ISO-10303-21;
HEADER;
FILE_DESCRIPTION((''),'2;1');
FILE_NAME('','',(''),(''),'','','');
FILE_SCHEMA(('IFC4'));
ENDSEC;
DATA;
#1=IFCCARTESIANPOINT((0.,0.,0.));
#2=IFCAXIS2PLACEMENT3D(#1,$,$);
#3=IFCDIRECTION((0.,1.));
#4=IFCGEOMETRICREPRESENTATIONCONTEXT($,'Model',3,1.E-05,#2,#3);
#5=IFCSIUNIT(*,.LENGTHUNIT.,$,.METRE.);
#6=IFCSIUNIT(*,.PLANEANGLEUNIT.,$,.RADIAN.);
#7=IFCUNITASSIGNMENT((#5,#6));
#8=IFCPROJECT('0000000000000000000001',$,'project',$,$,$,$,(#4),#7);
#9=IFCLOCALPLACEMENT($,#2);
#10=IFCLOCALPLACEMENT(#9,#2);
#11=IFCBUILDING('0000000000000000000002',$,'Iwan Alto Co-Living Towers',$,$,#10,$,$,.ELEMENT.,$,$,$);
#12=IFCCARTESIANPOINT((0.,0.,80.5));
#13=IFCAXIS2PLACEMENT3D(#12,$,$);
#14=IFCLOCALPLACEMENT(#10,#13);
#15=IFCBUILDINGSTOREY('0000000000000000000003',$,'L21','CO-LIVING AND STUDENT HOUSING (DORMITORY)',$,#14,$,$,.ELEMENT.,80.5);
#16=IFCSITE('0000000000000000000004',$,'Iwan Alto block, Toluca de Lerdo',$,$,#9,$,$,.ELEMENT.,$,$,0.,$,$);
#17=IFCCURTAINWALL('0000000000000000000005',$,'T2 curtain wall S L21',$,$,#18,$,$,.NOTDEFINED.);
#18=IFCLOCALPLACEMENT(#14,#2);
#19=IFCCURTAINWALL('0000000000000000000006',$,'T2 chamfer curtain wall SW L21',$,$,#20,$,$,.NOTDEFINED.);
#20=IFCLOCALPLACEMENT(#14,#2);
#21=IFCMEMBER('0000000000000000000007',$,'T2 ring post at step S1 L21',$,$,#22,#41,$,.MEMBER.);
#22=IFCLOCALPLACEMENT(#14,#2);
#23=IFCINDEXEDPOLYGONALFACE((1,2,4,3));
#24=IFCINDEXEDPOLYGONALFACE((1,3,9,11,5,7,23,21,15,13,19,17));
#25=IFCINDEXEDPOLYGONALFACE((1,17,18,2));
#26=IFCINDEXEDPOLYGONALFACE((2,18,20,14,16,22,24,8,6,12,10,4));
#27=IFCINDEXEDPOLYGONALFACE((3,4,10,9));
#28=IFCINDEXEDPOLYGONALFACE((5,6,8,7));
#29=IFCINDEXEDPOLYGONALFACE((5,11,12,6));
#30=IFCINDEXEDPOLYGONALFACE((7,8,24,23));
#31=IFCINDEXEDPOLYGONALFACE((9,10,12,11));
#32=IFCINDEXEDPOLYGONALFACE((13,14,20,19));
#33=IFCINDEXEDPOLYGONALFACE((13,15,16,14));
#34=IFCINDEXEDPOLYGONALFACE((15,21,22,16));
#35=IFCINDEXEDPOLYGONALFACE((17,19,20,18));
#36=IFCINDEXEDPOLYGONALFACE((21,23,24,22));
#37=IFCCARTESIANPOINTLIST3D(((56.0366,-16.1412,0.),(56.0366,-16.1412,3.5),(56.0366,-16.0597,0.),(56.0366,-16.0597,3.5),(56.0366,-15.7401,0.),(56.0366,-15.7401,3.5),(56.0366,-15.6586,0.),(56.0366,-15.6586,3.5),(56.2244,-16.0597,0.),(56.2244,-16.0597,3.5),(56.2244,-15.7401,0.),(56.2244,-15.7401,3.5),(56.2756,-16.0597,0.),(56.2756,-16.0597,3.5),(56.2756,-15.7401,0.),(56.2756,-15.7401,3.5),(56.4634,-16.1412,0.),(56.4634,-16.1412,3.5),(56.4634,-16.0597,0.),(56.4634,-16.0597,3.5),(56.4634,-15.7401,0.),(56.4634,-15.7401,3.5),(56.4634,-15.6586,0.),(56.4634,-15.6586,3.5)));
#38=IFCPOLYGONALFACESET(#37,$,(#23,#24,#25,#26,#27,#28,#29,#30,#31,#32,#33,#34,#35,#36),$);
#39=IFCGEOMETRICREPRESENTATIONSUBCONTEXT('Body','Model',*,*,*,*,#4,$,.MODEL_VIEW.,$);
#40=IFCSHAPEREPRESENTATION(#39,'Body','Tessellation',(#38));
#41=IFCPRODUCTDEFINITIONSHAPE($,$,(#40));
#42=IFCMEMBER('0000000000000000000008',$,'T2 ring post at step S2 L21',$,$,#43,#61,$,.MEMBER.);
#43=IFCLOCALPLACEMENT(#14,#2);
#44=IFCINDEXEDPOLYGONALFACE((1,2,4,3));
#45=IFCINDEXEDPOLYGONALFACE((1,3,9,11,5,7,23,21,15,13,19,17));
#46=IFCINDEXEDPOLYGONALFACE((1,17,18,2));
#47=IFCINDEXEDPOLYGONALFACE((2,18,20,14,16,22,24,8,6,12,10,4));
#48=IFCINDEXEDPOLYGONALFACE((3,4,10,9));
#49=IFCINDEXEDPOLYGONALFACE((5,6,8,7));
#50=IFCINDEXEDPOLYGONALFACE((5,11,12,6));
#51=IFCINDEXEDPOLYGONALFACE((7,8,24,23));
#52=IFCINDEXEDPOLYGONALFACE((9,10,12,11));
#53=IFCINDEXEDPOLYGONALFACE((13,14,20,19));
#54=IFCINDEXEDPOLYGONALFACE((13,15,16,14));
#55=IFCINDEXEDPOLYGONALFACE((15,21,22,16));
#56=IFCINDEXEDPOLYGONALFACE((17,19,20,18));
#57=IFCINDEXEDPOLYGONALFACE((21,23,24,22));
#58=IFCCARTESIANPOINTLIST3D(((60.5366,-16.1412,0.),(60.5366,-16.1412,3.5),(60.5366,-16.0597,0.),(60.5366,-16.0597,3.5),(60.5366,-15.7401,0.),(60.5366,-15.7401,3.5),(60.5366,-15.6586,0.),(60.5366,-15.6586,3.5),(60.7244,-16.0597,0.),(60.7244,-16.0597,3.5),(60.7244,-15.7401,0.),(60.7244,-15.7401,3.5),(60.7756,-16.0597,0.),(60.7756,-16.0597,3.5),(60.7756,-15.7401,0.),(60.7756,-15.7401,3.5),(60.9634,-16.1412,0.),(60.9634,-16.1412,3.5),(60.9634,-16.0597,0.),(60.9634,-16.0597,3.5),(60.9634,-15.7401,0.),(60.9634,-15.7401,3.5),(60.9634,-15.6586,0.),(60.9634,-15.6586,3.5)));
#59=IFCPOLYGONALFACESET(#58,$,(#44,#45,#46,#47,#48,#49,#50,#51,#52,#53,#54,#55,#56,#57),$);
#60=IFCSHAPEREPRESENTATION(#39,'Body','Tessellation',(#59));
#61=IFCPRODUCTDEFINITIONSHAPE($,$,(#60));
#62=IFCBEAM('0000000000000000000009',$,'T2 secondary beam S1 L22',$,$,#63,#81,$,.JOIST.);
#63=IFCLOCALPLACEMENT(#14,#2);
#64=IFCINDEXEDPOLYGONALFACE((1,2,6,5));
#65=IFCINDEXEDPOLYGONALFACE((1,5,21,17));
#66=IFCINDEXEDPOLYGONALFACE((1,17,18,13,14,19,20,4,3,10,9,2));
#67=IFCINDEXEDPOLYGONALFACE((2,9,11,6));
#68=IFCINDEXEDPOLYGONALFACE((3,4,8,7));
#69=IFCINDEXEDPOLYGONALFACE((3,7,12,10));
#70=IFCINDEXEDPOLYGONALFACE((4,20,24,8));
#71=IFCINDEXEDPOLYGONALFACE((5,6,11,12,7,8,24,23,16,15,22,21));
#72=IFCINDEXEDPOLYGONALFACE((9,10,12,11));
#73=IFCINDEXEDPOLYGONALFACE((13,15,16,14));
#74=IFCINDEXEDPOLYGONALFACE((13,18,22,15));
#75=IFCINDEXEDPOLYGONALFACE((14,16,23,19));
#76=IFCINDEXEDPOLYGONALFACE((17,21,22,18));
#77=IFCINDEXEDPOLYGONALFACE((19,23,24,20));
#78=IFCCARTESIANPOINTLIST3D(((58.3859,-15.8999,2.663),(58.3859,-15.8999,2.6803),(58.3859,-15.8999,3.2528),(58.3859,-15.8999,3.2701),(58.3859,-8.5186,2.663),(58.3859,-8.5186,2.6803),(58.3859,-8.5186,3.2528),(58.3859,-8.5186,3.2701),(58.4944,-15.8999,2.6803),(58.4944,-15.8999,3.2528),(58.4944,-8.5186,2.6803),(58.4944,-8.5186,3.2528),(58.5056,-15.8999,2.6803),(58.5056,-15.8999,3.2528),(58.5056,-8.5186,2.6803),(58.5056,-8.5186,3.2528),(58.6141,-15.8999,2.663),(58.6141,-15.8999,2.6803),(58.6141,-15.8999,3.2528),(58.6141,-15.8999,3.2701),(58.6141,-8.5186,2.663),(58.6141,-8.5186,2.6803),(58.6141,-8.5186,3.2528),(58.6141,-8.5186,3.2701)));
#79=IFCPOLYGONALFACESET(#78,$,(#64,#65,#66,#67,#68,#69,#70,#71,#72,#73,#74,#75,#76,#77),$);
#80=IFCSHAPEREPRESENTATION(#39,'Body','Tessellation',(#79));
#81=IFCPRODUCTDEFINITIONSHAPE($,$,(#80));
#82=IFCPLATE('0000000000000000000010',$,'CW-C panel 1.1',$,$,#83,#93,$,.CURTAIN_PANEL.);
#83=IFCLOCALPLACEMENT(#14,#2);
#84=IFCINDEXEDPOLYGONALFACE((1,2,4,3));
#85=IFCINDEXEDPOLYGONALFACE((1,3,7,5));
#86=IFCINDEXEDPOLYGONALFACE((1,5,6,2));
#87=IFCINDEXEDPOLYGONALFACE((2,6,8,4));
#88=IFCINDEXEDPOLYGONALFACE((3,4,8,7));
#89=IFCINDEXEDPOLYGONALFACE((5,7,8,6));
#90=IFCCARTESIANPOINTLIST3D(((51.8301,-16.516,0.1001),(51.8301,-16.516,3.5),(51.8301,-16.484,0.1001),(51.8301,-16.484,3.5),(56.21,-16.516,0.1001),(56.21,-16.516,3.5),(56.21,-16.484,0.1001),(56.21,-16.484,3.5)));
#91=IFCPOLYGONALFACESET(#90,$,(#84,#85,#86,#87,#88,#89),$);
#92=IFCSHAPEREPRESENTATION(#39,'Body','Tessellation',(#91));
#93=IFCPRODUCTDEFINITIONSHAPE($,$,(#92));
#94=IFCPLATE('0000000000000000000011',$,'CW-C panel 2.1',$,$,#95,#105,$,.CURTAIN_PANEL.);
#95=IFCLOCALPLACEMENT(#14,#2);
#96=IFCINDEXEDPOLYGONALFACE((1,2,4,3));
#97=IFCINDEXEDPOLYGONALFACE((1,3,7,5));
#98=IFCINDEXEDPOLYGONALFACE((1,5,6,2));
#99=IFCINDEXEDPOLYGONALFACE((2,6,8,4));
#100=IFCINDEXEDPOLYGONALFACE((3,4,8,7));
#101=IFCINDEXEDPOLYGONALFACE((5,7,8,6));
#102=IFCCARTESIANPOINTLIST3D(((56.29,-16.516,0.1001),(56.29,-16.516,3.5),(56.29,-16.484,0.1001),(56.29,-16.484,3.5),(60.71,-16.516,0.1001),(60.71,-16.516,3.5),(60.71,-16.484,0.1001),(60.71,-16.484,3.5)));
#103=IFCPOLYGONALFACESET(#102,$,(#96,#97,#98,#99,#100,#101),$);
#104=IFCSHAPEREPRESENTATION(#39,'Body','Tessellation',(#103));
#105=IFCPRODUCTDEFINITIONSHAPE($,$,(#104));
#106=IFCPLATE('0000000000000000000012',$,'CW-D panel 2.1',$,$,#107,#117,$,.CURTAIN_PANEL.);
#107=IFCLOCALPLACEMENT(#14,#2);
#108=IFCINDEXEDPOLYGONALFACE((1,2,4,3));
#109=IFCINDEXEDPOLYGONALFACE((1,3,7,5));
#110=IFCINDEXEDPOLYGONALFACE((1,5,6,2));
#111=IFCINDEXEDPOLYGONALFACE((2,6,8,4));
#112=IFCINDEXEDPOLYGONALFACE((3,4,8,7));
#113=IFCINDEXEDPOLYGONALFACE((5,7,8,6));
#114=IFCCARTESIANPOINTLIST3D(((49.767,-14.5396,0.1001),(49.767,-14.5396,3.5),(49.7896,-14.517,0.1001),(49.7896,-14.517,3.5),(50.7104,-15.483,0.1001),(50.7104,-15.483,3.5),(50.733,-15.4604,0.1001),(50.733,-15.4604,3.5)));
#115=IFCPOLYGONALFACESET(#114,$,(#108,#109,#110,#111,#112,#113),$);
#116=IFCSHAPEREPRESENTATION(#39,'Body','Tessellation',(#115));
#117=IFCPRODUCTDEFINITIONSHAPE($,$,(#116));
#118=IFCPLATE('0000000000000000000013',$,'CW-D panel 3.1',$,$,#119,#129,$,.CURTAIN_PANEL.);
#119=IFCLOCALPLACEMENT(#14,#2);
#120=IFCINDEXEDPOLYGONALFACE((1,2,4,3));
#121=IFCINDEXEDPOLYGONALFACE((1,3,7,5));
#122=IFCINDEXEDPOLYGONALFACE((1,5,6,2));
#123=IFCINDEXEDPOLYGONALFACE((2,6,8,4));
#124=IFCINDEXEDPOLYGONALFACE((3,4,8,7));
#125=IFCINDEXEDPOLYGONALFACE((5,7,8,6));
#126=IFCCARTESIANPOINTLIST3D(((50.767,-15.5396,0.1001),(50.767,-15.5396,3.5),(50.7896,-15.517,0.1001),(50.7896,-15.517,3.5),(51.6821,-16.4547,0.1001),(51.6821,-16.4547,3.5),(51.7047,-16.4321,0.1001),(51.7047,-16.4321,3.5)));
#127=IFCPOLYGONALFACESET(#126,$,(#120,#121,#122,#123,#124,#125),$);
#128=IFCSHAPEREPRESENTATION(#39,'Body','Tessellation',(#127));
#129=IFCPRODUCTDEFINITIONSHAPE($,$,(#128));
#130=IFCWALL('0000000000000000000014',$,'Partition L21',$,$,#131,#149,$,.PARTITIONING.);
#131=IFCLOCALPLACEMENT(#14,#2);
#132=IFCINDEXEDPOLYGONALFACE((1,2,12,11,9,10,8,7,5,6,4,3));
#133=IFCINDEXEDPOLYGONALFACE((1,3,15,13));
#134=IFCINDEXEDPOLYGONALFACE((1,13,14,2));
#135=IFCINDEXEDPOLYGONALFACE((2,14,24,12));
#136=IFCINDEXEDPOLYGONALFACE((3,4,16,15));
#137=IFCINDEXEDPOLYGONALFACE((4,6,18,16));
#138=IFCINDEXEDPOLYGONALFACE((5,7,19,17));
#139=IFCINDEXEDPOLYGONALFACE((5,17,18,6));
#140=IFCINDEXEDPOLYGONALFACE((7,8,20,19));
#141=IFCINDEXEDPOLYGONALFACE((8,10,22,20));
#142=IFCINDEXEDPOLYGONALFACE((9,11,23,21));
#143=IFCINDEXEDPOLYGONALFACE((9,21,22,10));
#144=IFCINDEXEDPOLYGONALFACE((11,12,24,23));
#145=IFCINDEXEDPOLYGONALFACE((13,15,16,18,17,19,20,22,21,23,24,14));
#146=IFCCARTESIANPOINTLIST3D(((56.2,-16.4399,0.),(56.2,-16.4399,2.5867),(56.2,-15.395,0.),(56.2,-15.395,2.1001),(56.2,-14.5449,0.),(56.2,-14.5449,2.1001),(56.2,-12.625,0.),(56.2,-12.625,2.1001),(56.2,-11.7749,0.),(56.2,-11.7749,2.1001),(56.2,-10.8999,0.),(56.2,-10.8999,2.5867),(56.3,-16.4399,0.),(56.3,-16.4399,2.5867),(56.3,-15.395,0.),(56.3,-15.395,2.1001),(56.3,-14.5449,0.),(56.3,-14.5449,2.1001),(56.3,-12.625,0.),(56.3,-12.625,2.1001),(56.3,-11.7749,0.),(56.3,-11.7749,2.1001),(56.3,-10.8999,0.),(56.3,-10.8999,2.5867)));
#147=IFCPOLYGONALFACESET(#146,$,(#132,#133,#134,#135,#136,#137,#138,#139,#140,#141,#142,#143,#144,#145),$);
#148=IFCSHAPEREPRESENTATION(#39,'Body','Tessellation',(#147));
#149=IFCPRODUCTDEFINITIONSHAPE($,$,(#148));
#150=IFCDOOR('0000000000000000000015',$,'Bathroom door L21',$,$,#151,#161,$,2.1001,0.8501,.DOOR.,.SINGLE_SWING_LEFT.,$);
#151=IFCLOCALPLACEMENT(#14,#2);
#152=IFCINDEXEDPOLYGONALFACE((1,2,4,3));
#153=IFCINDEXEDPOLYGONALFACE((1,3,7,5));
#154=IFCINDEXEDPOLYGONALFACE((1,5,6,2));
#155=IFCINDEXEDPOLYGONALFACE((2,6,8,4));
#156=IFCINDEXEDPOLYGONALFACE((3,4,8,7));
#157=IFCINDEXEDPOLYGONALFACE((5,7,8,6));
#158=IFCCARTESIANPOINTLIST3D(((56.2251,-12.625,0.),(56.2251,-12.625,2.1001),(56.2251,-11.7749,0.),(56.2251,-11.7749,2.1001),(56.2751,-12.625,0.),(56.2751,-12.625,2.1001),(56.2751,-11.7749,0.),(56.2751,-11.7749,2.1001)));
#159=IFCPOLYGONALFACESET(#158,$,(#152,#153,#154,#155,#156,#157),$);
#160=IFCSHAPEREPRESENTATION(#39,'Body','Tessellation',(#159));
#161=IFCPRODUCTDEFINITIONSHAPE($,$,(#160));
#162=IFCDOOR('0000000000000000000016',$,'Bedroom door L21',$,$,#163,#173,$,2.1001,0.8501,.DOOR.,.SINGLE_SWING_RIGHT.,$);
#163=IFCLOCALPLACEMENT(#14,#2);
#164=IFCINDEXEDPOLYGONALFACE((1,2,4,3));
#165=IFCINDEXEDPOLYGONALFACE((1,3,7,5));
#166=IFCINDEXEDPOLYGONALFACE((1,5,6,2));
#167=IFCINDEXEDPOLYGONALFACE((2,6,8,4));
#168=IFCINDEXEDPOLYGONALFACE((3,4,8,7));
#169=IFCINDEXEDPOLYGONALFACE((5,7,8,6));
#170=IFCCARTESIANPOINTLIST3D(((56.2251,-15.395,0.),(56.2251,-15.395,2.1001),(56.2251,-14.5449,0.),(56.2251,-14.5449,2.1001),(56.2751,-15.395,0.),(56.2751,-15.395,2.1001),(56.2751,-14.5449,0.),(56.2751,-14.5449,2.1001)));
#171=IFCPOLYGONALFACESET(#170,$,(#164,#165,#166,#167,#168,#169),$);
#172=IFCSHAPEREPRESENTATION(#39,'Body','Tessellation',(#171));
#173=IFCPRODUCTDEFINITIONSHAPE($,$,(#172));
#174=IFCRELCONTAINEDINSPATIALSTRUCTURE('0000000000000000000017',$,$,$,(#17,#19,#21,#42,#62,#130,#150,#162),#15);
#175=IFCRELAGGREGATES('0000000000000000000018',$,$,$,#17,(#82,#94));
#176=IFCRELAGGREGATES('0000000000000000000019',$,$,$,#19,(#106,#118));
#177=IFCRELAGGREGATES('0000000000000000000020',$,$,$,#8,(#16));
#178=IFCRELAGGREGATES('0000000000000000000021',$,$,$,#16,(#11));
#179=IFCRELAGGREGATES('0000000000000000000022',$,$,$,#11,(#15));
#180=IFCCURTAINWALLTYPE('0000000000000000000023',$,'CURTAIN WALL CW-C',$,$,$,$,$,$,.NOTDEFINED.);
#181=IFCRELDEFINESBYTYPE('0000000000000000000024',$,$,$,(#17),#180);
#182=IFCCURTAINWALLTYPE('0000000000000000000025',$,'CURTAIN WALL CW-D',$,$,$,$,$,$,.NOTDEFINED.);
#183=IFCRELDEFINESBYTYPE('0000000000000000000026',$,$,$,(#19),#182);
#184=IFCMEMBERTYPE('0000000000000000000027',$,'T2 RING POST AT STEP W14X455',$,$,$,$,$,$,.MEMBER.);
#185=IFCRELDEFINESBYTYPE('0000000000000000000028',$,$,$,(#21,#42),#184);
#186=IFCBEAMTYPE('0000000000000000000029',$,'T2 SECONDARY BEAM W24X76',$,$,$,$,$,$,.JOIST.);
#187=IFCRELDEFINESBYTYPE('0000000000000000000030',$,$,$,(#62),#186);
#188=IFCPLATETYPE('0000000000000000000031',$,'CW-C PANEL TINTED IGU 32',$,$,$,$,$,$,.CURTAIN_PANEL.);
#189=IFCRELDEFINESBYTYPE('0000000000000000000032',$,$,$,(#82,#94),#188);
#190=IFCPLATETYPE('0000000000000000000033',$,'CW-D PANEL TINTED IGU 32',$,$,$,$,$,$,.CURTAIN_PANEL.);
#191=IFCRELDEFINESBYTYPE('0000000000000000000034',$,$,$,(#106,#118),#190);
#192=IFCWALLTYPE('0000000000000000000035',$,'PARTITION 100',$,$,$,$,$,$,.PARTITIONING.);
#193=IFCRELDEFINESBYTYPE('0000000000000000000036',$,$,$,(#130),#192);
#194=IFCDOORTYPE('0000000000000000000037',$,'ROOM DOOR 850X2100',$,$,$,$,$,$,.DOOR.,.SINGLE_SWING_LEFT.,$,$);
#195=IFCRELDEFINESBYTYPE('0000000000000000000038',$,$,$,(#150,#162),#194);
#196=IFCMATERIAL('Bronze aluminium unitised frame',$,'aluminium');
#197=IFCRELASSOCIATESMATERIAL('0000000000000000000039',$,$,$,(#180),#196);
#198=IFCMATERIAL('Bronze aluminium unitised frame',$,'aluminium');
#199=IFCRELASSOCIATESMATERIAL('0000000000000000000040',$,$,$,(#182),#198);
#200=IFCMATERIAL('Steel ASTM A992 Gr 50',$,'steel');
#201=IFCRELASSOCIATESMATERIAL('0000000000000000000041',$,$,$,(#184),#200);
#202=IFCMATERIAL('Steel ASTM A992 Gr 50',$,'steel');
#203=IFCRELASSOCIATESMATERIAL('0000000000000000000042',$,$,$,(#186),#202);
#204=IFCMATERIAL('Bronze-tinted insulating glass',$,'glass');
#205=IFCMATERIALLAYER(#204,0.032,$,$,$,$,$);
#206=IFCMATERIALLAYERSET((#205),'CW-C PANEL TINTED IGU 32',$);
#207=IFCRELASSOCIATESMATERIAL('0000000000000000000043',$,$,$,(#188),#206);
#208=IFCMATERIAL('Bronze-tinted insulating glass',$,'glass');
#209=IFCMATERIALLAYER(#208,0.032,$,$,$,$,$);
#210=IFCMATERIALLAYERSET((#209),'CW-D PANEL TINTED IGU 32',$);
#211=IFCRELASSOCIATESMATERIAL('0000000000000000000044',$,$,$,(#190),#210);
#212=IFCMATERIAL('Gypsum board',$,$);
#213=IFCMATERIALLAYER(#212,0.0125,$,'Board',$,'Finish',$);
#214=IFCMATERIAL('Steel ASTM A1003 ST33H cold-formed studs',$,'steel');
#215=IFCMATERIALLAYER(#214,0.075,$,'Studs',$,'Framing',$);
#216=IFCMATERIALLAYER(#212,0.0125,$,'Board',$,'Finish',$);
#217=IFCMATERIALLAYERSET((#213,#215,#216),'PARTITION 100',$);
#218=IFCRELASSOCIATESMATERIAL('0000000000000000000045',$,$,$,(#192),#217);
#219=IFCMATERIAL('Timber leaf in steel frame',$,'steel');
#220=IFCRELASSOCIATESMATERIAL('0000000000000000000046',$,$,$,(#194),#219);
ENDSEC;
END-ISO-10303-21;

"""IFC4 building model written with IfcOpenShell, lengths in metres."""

from ifc_helpers import new_model, si_unit, direction, frame, frame_2d, origin, origin_2d, place, context, subcontext, project, spatial, rectangle, i_section, extrude, material, layer, layer_set, material_profile, profile_set, type_object, element, fill, aggregate, save


model = new_model("IFC4")

# Units and contexts
model_context = context("Model", 3, precision=1e-05, world=origin(), true_north=direction((0.0, 1.0)))
body_context = subcontext(model_context, "Body", "Model", "MODEL_VIEW")
ifc_project = project(units=[si_unit("LENGTHUNIT", "METRE"), si_unit("PLANEANGLEUNIT", "RADIAN")], contexts=[model_context])

# Site, building, storey
site_placement = place(None, origin())
site = spatial("IfcSite", under=ifc_project, at=site_placement, Name="Iwan Alto block, Toluca de Lerdo", CompositionType="ELEMENT", RefElevation=0.0)
building_placement = place(site_placement, origin())
building = spatial("IfcBuilding", under=site, at=building_placement, Name="Iwan Alto Co-Living Towers", CompositionType="ELEMENT")
storey_placement = place(building_placement, frame((0.0, 0.0, 80.5)))
storey = spatial("IfcBuildingStorey", under=building, at=storey_placement, Name="L21", Description="CO-LIVING AND STUDENT HOUSING (DORMITORY)", CompositionType="ELEMENT", Elevation=80.5)

# Curtain walls
ifc_material_1 = material(Name="Bronze aluminium unitised frame", Category="aluminium")
curtain_wall_type_1 = type_object("IfcCurtainWallType", Name="CURTAIN WALL CW-C", PredefinedType="NOTDEFINED", material=ifc_material_1)
curtain_wall_1_placement = place(storey_placement, origin())
curtain_wall_1 = element("IfcCurtainWall", 1, at=curtain_wall_1_placement, inside=storey, type_object=curtain_wall_type_1, Name="T2 curtain wall S L21", PredefinedType="NOTDEFINED")
ifc_material_2 = material(Name="Bronze aluminium unitised frame", Category="aluminium")
curtain_wall_type_2 = type_object("IfcCurtainWallType", Name="CURTAIN WALL CW-D", PredefinedType="NOTDEFINED", material=ifc_material_2)
curtain_wall_2_placement = place(storey_placement, origin())
curtain_wall_2 = element("IfcCurtainWall", 2, at=curtain_wall_2_placement, inside=storey, type_object=curtain_wall_type_2, Name="T2 chamfer curtain wall SW L21", PredefinedType="NOTDEFINED")

# Members
ifc_material_3 = material(Name="Steel ASTM A992 Gr 50", Category="steel")
ifc_material_profile_1 = material_profile(ifc_material_3, i_section(OverallWidth=0.4268, OverallDepth=0.4827, WebThickness=0.0513, FlangeThickness=0.0815, at=origin_2d()), Name="W14X455")
ifc_profile_set_1 = profile_set([ifc_material_profile_1], Name="Steel ASTM A992 Gr 50")
member_type_1 = type_object("IfcMemberType", Name="T2 RING POST AT STEP W14X455", PredefinedType="MEMBER", material=ifc_profile_set_1)
for number, where, z_axis, x_axis, name in (
    (3, (56.25, -15.8999, 0.0), (0.0, 0.0, 1.0), (1.0, 0.0, 0.0), "T2 ring post at step S1 L21"),
    (4, (60.75, -15.8999, 0.0), (0.0, 0.0, 1.0), (1.0, 0.0, 0.0), "T2 ring post at step S2 L21"),
):
    element("IfcMember", number, at=place(storey_placement, frame(where, z_axis=z_axis, x_axis=x_axis)), inside=storey, type_object=member_type_1, Name=name, PredefinedType="MEMBER", context=body_context, shape_type="SweptSolid", body=[
        extrude(i_section(OverallWidth=0.4268, OverallDepth=0.4827, WebThickness=0.0513, FlangeThickness=0.0815, at=origin_2d()), origin(), (0.0, 0.0, 1.0), 3.5),
    ])

# Beam
ifc_material_4 = material(Name="Steel ASTM A992 Gr 50", Category="steel")
ifc_material_profile_2 = material_profile(ifc_material_4, i_section(OverallWidth=0.2283, OverallDepth=0.6072, WebThickness=0.0112, FlangeThickness=0.0173, at=origin_2d()), Name="W24X76")
ifc_profile_set_2 = profile_set([ifc_material_profile_2], Name="Steel ASTM A992 Gr 50")
beam_type_1 = type_object("IfcBeamType", Name="T2 SECONDARY BEAM W24X76", PredefinedType="JOIST", material=ifc_profile_set_2)
beam_1_placement = place(storey_placement, frame((58.5, -15.8999, 2.9666), z_axis=(0.0, 1.0, 0.0), x_axis=(-1.0, 0.0, 0.0)))
element("IfcBeam", 5, at=beam_1_placement, inside=storey, type_object=beam_type_1, Name="T2 secondary beam S1 L22", PredefinedType="JOIST", context=body_context, shape_type="SweptSolid", body=[
    extrude(i_section(OverallWidth=0.2283, OverallDepth=0.6072, WebThickness=0.0112, FlangeThickness=0.0173, at=origin_2d()), origin(), (0.0, 0.0, 1.0), 7.3813),
])

# Plates
ifc_material_5 = material(Name="Bronze-tinted insulating glass", Category="glass")
ifc_layer_1 = layer(ifc_material_5, 0.032)
ifc_layer_set_1 = layer_set([ifc_layer_1], Name="CW-C PANEL TINTED IGU 32")
plate_type_1 = type_object("IfcPlateType", Name="CW-C PANEL TINTED IGU 32", PredefinedType="CURTAIN_PANEL", material=ifc_layer_set_1)
plate_1_placement = place(storey_placement, frame((54.02, -16.5, 0.1001), z_axis=(0.0, 0.0, 1.0), x_axis=(1.0, 0.0, 0.0)))
plate_1 = element("IfcPlate", 6, at=plate_1_placement, type_object=plate_type_1, Name="CW-C panel 1.1", PredefinedType="CURTAIN_PANEL", context=body_context, shape_type="SweptSolid", body=[
    extrude(rectangle(XDim=4.3799, YDim=0.032, at=origin_2d()), origin(), (0.0, 0.0, 1.0), 3.3999),
])
plate_2_placement = place(storey_placement, frame((58.5, -16.5, 0.1001), z_axis=(0.0, 0.0, 1.0), x_axis=(1.0, 0.0, 0.0)))
plate_2 = element("IfcPlate", 7, at=plate_2_placement, type_object=plate_type_1, Name="CW-C panel 2.1", PredefinedType="CURTAIN_PANEL", context=body_context, shape_type="SweptSolid", body=[
    extrude(rectangle(XDim=4.4199, YDim=0.032, at=origin_2d()), origin(), (0.0, 0.0, 1.0), 3.3999),
])
aggregate(curtain_wall_1, [plate_1, plate_2])
ifc_material_6 = material(Name="Bronze-tinted insulating glass", Category="glass")
ifc_layer_2 = layer(ifc_material_6, 0.032)
ifc_layer_set_2 = layer_set([ifc_layer_2], Name="CW-D PANEL TINTED IGU 32")
plate_type_2 = type_object("IfcPlateType", Name="CW-D PANEL TINTED IGU 32", PredefinedType="CURTAIN_PANEL", material=ifc_layer_set_2)
plate_3_placement = place(storey_placement, frame((50.25, -15.0, 0.1001), z_axis=(0.0, 0.0, 1.0), x_axis=(0.707107, -0.707107, 0.0)))
plate_3 = element("IfcPlate", 8, at=plate_3_placement, type_object=plate_type_2, Name="CW-D panel 2.1", PredefinedType="CURTAIN_PANEL", context=body_context, shape_type="SweptSolid", body=[
    extrude(rectangle(XDim=1.3342, YDim=0.032, at=origin_2d()), origin(), (0.0, 0.0, 1.0), 3.3999),
])
plate_4_placement = place(storey_placement, frame((51.2358, -15.9858, 0.1001), z_axis=(0.0, 0.0, 1.0), x_axis=(0.707107, -0.707107, 0.0)))
plate_4 = element("IfcPlate", 9, at=plate_4_placement, type_object=plate_type_2, Name="CW-D panel 3.1", PredefinedType="CURTAIN_PANEL", context=body_context, shape_type="SweptSolid", body=[
    extrude(rectangle(XDim=1.2942, YDim=0.032, at=origin_2d()), origin(), (0.0, 0.0, 1.0), 3.3999),
])
aggregate(curtain_wall_2, [plate_3, plate_4])

# Wall, openings, doors
ifc_material_7 = material(Name="Gypsum board")
ifc_layer_3 = layer(ifc_material_7, 0.0125, Name="Board", Category="Finish")
ifc_material_8 = material(Name="Steel ASTM A1003 ST33H cold-formed studs", Category="steel")
ifc_layer_4 = layer(ifc_material_8, 0.075, Name="Studs", Category="Framing")
ifc_layer_5 = layer(ifc_material_7, 0.0125, Name="Board", Category="Finish")
ifc_layer_set_3 = layer_set([ifc_layer_3, ifc_layer_4, ifc_layer_5], Name="PARTITION 100")
wall_type = type_object("IfcWallType", Name="PARTITION 100", PredefinedType="PARTITIONING", material=ifc_layer_set_3)
wall_placement = place(storey_placement, frame((56.25, -16.4399, 0.0), z_axis=(0.0, 0.0, 1.0), x_axis=(0.0, 1.0, 0.0)))
wall = element("IfcWall", 10, at=wall_placement, inside=storey, type_object=wall_type, Name="Partition L21", PredefinedType="PARTITIONING", context=body_context, shape_type="SweptSolid", body=[
    extrude(rectangle(XDim=5.54, YDim=0.1001, at=frame_2d((2.77, 0.0))), origin(), (0.0, 0.0, 1.0), 2.5867),
])
opening_1_placement = place(wall_placement, frame((3.8149, 0.0, 0.0)))
opening_1 = element("IfcOpeningElement", 11, at=opening_1_placement, cuts=wall, PredefinedType="OPENING", context=body_context, shape_type="SweptSolid", body=[
    extrude(rectangle(XDim=0.8501, YDim=2.1001, at=frame_2d((0.425, 1.05))), frame((0.0, 0.0601, 0.0), z_axis=(0.0, -1.0, 0.0), x_axis=(1.0, 0.0, 0.0)), (0.0, 0.0, 1.0), 0.1201),
])
opening_2_placement = place(wall_placement, frame((1.0449, 0.0, 0.0)))
opening_2 = element("IfcOpeningElement", 12, at=opening_2_placement, cuts=wall, PredefinedType="OPENING", context=body_context, shape_type="SweptSolid", body=[
    extrude(rectangle(XDim=0.8501, YDim=2.1001, at=frame_2d((0.425, 1.05))), frame((0.0, 0.0601, 0.0), z_axis=(0.0, -1.0, 0.0), x_axis=(1.0, 0.0, 0.0)), (0.0, 0.0, 1.0), 0.1201),
])
ifc_material_9 = material(Name="Timber leaf in steel frame", Category="steel")
door_type = type_object("IfcDoorType", Name="ROOM DOOR 850X2100", OperationType="SINGLE_SWING_LEFT", PredefinedType="DOOR", material=ifc_material_9)
door_1_placement = place(opening_1_placement, origin())
door_1 = element("IfcDoor", 13, at=door_1_placement, inside=storey, type_object=door_type, Name="Bathroom door L21", OperationType="SINGLE_SWING_LEFT", OverallHeight=2.1001, OverallWidth=0.8501, PredefinedType="DOOR", context=body_context, shape_type="SweptSolid", body=[
    extrude(rectangle(XDim=0.8501, YDim=2.1001, at=frame_2d((0.425, 1.05))), frame((0.0, 0.0249, 0.0), z_axis=(0.0, -1.0, 0.0), x_axis=(1.0, 0.0, 0.0)), (0.0, 0.0, 1.0), 0.05),
])
fill(opening_1, door_1)
door_2_placement = place(opening_2_placement, origin())
door_2 = element("IfcDoor", 14, at=door_2_placement, inside=storey, type_object=door_type, Name="Bedroom door L21", OperationType="SINGLE_SWING_RIGHT", OverallHeight=2.1001, OverallWidth=0.8501, PredefinedType="DOOR", context=body_context, shape_type="SweptSolid", body=[
    extrude(rectangle(XDim=0.8501, YDim=2.1001, at=frame_2d((0.425, 1.05))), frame((0.0, 0.0249, 0.0), z_axis=(0.0, -1.0, 0.0), x_axis=(1.0, 0.0, 0.0)), (0.0, 0.0, 1.0), 0.05),
])
fill(opening_2, door_2)

save(model, "model.ifc")
